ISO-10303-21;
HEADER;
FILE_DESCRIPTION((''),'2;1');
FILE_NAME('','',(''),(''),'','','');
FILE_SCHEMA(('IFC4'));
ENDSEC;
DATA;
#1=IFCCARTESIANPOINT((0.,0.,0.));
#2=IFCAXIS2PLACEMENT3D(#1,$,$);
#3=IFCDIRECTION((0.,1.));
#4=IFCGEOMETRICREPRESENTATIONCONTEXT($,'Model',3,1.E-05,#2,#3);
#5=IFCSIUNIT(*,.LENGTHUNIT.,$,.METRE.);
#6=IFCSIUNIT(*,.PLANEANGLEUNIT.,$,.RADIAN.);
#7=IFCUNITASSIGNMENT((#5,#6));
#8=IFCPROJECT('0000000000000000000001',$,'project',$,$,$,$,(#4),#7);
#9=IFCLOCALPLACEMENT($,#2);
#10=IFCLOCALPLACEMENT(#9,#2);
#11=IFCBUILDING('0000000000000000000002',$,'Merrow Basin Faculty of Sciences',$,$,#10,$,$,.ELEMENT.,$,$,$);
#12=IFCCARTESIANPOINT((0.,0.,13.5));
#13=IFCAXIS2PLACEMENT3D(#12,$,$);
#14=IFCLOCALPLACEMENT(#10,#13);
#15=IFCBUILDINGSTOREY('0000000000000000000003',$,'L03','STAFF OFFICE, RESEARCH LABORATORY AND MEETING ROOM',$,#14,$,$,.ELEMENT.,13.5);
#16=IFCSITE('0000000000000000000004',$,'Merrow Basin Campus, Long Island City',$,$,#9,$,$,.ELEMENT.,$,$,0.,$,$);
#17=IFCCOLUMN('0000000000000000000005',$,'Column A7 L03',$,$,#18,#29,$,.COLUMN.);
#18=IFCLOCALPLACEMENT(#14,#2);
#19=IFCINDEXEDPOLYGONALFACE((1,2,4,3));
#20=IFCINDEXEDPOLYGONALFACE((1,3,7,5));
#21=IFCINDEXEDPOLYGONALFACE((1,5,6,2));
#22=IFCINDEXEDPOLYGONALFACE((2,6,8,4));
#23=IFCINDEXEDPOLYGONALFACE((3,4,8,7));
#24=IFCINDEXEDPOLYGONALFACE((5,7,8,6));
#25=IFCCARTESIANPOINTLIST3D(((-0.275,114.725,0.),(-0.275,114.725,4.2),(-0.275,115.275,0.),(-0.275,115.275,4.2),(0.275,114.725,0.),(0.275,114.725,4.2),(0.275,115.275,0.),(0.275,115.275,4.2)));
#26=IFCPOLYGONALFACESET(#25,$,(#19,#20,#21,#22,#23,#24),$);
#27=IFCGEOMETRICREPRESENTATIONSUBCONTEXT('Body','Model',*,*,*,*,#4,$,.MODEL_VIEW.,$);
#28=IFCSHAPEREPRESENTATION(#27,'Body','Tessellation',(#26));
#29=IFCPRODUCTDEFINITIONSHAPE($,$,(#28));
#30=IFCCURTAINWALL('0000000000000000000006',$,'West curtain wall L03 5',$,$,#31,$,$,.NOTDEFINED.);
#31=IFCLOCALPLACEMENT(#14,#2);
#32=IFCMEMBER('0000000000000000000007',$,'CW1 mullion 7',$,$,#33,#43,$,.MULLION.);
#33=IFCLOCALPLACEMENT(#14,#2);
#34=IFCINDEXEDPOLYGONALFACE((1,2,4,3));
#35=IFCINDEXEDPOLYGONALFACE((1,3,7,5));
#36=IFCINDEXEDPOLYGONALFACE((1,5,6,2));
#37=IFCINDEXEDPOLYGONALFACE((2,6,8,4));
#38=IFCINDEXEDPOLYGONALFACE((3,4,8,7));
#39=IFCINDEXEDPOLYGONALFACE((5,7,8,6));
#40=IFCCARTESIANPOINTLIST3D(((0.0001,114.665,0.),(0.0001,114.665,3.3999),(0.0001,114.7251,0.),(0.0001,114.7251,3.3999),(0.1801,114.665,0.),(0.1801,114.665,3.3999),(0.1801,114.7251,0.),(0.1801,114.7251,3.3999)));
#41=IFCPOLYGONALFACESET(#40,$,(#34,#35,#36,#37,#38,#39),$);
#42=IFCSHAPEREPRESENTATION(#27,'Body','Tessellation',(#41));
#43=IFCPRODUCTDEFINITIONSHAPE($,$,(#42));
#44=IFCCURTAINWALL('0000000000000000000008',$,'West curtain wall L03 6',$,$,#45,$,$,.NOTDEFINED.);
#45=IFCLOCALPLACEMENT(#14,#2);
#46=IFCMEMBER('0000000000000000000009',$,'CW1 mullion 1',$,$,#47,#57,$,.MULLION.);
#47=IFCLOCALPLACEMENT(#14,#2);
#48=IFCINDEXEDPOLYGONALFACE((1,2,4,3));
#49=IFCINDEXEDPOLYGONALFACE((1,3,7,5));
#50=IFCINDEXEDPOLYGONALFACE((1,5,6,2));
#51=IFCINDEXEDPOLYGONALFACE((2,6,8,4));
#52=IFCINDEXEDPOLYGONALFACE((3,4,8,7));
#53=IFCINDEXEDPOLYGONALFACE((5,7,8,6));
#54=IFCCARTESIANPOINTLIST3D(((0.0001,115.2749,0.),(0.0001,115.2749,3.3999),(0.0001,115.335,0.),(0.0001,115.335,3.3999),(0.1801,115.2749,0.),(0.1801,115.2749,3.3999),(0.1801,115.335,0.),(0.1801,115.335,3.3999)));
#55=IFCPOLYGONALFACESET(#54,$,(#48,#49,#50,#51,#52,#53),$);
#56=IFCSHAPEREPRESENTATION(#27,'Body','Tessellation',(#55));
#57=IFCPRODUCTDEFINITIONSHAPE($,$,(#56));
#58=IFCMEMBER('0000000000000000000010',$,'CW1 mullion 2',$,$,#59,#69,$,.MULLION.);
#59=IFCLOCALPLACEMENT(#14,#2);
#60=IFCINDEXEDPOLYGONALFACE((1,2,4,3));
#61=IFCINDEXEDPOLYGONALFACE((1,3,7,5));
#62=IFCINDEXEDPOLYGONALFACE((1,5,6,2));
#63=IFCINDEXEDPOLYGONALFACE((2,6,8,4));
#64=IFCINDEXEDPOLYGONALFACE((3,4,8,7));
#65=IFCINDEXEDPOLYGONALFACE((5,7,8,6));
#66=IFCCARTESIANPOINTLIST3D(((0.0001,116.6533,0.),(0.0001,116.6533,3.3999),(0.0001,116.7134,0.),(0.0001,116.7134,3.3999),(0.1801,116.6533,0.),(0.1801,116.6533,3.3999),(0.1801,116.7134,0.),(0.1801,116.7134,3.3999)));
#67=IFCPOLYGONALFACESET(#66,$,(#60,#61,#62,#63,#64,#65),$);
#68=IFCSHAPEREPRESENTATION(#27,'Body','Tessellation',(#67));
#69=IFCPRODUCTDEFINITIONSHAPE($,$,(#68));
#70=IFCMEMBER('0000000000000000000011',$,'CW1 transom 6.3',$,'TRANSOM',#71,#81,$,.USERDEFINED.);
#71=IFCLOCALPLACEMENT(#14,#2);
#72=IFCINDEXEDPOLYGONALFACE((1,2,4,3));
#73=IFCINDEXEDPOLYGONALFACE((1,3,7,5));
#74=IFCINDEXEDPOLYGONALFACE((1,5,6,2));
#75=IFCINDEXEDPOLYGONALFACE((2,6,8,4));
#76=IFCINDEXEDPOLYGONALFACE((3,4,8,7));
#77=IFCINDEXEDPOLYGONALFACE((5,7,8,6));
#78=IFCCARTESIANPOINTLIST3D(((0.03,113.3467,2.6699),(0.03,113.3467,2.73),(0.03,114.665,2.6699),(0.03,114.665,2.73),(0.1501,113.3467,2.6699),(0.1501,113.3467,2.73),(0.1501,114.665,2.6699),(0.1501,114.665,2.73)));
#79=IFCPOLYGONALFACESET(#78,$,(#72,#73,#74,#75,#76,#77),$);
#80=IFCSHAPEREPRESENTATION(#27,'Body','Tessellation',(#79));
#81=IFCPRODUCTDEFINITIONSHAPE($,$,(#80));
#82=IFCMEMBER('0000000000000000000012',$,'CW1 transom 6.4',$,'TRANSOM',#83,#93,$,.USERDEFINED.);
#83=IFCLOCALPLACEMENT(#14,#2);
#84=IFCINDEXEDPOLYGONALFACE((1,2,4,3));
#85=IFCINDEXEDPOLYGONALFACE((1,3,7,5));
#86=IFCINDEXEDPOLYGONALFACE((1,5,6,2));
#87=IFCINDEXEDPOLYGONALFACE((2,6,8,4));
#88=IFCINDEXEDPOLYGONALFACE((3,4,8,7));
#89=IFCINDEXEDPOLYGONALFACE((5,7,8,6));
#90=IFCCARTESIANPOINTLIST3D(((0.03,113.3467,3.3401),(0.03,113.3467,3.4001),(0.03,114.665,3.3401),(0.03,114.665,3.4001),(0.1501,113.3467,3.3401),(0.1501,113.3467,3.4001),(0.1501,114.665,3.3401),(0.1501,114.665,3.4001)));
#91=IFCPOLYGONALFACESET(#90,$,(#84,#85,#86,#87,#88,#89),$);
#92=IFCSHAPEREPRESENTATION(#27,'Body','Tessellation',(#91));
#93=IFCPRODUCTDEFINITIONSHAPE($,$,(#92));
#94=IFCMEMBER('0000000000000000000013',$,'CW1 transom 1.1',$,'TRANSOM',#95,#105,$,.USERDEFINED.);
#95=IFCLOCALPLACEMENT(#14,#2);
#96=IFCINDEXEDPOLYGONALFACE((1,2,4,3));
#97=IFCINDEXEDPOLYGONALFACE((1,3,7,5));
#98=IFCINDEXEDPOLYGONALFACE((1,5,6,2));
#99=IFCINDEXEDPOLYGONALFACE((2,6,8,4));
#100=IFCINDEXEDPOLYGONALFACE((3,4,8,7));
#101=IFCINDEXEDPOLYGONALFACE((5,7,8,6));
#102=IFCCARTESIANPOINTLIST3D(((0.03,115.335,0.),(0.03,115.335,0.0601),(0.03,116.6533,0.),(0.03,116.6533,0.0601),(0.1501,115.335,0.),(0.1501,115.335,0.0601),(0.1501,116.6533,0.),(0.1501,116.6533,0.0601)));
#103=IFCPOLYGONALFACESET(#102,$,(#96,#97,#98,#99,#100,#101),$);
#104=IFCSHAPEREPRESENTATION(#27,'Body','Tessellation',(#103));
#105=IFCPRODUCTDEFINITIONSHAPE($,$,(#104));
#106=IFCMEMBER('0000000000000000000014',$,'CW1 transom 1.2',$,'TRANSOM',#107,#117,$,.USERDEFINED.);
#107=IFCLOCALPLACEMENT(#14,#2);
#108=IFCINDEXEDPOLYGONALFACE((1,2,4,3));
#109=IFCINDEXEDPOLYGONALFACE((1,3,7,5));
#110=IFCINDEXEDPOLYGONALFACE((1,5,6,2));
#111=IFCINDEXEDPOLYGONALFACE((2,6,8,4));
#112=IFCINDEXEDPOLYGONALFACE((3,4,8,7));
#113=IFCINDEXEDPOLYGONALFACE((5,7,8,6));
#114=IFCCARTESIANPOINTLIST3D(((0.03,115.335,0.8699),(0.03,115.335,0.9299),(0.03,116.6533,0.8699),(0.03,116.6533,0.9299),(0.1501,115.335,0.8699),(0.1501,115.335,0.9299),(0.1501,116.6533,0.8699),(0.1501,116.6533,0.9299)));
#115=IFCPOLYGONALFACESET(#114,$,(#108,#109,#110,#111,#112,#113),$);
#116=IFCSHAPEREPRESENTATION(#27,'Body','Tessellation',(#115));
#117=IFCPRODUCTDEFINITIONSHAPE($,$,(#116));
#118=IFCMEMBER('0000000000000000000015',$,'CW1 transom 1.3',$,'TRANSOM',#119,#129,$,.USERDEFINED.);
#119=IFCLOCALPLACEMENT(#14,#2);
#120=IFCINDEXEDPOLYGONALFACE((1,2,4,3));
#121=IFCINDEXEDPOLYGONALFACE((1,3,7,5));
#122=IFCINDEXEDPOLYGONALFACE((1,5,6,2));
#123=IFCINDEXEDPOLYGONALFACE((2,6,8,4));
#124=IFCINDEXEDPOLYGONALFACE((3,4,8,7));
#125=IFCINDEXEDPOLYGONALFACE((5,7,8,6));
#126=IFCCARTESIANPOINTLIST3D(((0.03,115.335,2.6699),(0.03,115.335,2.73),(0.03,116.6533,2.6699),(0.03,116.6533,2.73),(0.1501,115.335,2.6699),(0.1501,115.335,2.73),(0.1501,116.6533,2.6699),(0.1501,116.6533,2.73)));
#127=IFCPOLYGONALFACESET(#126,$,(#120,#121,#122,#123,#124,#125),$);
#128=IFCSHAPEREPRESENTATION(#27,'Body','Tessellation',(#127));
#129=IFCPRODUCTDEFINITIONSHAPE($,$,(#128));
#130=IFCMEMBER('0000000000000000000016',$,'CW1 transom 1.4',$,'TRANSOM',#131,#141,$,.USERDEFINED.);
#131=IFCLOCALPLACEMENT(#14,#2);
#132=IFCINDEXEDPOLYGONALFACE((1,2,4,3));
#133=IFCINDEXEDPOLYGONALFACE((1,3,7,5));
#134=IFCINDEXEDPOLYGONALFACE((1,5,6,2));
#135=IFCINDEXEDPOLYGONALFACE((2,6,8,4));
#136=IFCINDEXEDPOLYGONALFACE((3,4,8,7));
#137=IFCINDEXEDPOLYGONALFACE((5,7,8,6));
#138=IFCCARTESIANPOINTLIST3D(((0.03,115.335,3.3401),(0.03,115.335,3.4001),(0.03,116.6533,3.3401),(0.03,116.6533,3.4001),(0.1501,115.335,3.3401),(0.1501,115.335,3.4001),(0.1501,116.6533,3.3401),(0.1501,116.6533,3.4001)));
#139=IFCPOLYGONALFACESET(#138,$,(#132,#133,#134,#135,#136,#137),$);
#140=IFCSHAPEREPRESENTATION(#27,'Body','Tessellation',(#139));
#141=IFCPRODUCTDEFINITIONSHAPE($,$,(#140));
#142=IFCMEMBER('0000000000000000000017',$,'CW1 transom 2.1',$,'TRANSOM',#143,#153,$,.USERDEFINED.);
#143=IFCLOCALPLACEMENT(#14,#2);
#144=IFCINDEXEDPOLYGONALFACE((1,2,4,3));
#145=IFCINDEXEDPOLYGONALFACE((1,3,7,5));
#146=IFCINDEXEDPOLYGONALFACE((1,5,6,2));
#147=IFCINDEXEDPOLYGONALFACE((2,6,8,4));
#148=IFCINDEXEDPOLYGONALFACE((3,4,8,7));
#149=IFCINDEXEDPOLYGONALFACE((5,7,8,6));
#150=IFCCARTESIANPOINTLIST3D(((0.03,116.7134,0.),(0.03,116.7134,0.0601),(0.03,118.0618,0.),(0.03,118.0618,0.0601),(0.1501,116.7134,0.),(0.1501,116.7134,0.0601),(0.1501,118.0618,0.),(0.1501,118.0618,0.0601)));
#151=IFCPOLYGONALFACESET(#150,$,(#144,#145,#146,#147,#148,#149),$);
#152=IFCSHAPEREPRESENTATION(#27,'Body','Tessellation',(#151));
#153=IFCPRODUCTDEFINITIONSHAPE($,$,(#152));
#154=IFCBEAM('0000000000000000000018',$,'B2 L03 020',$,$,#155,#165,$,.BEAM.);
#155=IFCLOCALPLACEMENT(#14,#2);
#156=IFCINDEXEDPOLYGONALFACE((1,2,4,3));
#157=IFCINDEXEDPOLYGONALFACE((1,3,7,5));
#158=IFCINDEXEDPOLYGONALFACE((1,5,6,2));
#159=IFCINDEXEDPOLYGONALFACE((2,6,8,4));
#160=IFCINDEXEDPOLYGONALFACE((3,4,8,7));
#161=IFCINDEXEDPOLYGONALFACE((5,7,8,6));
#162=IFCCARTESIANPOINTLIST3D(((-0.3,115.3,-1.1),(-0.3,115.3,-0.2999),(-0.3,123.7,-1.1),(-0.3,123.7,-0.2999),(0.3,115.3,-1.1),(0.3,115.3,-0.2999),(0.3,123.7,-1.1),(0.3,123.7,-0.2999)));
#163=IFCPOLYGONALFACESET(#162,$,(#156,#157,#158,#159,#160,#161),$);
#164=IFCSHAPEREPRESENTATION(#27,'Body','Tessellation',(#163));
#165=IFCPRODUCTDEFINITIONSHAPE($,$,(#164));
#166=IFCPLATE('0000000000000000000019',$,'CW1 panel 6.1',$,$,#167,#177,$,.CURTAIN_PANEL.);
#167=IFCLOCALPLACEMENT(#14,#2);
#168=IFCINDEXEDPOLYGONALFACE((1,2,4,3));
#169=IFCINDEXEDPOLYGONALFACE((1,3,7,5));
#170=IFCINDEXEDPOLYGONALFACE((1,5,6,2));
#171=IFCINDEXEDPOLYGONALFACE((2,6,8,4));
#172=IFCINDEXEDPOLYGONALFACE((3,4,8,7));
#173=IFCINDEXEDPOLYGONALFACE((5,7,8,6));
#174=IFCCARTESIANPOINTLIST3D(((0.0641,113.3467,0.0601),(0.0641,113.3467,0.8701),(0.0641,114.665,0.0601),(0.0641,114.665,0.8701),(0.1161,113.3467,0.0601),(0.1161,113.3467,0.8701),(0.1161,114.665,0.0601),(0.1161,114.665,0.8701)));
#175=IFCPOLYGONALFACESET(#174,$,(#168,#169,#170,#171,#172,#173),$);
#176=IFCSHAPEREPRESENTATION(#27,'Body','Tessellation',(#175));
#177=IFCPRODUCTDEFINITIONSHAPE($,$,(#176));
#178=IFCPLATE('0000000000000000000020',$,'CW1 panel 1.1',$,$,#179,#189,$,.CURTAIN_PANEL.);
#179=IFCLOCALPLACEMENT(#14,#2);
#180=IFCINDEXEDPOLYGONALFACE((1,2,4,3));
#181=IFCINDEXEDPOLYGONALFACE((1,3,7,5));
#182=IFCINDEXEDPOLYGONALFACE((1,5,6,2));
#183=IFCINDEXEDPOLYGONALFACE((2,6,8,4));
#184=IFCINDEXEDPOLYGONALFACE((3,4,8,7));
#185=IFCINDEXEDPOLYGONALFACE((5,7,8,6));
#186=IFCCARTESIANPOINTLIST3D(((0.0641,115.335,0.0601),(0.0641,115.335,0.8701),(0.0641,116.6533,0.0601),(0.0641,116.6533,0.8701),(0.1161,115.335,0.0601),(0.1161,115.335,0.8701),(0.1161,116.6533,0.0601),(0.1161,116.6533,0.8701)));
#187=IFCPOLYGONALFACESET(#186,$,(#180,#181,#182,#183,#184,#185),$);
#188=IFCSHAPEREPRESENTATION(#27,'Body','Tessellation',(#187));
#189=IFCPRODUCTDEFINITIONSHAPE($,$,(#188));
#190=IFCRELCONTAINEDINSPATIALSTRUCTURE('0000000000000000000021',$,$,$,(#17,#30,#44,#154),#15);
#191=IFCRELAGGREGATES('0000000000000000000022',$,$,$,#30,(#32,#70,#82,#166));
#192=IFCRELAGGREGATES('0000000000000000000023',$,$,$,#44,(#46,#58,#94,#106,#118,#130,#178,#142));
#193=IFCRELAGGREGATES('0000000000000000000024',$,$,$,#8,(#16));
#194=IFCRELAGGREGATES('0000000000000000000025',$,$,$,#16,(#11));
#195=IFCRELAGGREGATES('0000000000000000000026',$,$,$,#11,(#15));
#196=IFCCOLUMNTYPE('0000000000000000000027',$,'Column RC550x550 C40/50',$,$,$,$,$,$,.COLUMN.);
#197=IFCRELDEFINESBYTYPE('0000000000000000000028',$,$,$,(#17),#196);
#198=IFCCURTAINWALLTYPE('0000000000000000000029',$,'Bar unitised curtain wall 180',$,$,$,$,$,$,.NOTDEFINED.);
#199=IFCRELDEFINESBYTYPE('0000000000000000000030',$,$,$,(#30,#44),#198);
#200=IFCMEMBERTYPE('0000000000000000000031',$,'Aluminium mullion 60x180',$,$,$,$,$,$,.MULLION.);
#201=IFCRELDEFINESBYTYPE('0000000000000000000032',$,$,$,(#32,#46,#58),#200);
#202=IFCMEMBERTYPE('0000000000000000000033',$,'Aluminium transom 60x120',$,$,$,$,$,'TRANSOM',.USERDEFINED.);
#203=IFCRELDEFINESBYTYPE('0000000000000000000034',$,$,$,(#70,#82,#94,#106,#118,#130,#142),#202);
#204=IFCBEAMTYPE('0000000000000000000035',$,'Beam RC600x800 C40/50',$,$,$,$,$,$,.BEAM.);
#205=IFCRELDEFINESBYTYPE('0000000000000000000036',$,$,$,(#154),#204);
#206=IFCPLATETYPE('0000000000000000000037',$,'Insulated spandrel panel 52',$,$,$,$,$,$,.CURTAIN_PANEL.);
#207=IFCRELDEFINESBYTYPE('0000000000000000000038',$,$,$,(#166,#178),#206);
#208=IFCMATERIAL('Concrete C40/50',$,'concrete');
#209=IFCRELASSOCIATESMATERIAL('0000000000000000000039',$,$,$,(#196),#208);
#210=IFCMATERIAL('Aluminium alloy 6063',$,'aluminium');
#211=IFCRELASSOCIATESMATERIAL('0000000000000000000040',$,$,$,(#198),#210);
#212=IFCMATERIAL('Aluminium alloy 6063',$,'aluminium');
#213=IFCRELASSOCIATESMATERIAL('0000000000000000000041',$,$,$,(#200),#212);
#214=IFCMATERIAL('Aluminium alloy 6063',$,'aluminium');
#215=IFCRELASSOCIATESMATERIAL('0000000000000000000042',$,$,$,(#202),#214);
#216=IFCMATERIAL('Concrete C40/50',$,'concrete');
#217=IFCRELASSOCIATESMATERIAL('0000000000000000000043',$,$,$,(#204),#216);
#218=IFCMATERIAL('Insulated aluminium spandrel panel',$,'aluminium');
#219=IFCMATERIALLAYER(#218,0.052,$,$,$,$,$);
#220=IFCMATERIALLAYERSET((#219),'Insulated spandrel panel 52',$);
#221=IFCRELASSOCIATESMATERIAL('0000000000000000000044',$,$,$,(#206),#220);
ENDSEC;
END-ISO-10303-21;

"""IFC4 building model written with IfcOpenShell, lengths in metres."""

from ifc_helpers import new_model, si_unit, direction, frame, origin, origin_2d, place, context, subcontext, project, spatial, rectangle, extrude, material, layer, layer_set, material_profile, profile_set, type_object, element, aggregate, save


model = new_model("IFC4")

# Units and contexts
model_context = context("Model", 3, precision=1e-05, world=origin(), true_north=direction((0.0, 1.0)))
body_context = subcontext(model_context, "Body", "Model", "MODEL_VIEW")
ifc_project = project(units=[si_unit("LENGTHUNIT", "METRE"), si_unit("PLANEANGLEUNIT", "RADIAN")], contexts=[model_context])

# Site, building, storey
site_placement = place(None, origin())
site = spatial("IfcSite", under=ifc_project, at=site_placement, Name="Merrow Basin Campus, Long Island City", CompositionType="ELEMENT", RefElevation=0.0)
building_placement = place(site_placement, origin())
building = spatial("IfcBuilding", under=site, at=building_placement, Name="Merrow Basin Faculty of Sciences", CompositionType="ELEMENT")
storey_placement = place(building_placement, frame((0.0, 0.0, 13.5)))
storey = spatial("IfcBuildingStorey", under=building, at=storey_placement, Name="L03", Description="STAFF OFFICE, RESEARCH LABORATORY AND MEETING ROOM", CompositionType="ELEMENT", Elevation=13.5)

# Column
ifc_material_1 = material(Name="Concrete C40/50", Category="concrete")
ifc_material_profile_1 = material_profile(ifc_material_1, rectangle(XDim=0.55, YDim=0.55, at=origin_2d()))
ifc_profile_set_1 = profile_set([ifc_material_profile_1], Name="Concrete C40/50")
column_type = type_object("IfcColumnType", Name="Column RC550x550 C40/50", PredefinedType="COLUMN", material=ifc_profile_set_1)
column_placement = place(storey_placement, frame((0.0, 115.0, 0.0), z_axis=(0.0, 0.0, 1.0), x_axis=(1.0, 0.0, 0.0)))
element("IfcColumn", 1, at=column_placement, inside=storey, type_object=column_type, Name="Column A7 L03", PredefinedType="COLUMN", context=body_context, shape_type="SweptSolid", body=[
    extrude(rectangle(XDim=0.55, YDim=0.55, at=origin_2d()), origin(), (0.0, 0.0, 1.0), 4.2),
])

# Curtain wall, member
ifc_material_2 = material(Name="Aluminium alloy 6063", Category="aluminium")
curtain_wall_type = type_object("IfcCurtainWallType", Name="Bar unitised curtain wall 180", PredefinedType="NOTDEFINED", material=ifc_material_2)
curtain_wall_1_placement = place(storey_placement, origin())
curtain_wall_1 = element("IfcCurtainWall", 2, at=curtain_wall_1_placement, inside=storey, type_object=curtain_wall_type, Name="West curtain wall L03 5", PredefinedType="NOTDEFINED")
ifc_material_3 = material(Name="Aluminium alloy 6063", Category="aluminium")
ifc_material_profile_2 = material_profile(ifc_material_3, rectangle(XDim=0.1799, YDim=0.0601, at=origin_2d()))
ifc_profile_set_2 = profile_set([ifc_material_profile_2], Name="Aluminium alloy 6063")
member_type_1 = type_object("IfcMemberType", Name="Aluminium mullion 60x180", PredefinedType="MULLION", material=ifc_profile_set_2)
member_1_placement = place(storey_placement, frame((0.0901, 114.6951, 0.0), z_axis=(0.0, 0.0, 1.0), x_axis=(-1.0, 0.0, 0.0)))
member_1 = element("IfcMember", 3, at=member_1_placement, type_object=member_type_1, Name="CW1 mullion 7", PredefinedType="MULLION", context=body_context, shape_type="SweptSolid", body=[
    extrude(rectangle(XDim=0.1799, YDim=0.0601, at=origin_2d()), origin(), (0.0, 0.0, 1.0), 3.3999),
])

# Curtain wall, members
curtain_wall_2_placement = place(storey_placement, origin())
curtain_wall_2 = element("IfcCurtainWall", 4, at=curtain_wall_2_placement, inside=storey, type_object=curtain_wall_type, Name="West curtain wall L03 6", PredefinedType="NOTDEFINED")
member_2_placement = place(storey_placement, frame((0.0901, 115.3049, 0.0), z_axis=(0.0, 0.0, 1.0), x_axis=(-1.0, 0.0, 0.0)))
member_2 = element("IfcMember", 5, at=member_2_placement, type_object=member_type_1, Name="CW1 mullion 1", PredefinedType="MULLION", context=body_context, shape_type="SweptSolid", body=[
    extrude(rectangle(XDim=0.1799, YDim=0.0601, at=origin_2d()), origin(), (0.0, 0.0, 1.0), 3.3999),
])
member_3_placement = place(storey_placement, frame((0.0901, 116.6833, 0.0), z_axis=(0.0, 0.0, 1.0), x_axis=(-1.0, 0.0, 0.0)))
member_3 = element("IfcMember", 6, at=member_3_placement, type_object=member_type_1, Name="CW1 mullion 2", PredefinedType="MULLION", context=body_context, shape_type="SweptSolid", body=[
    extrude(rectangle(XDim=0.1799, YDim=0.0601, at=origin_2d()), origin(), (0.0, 0.0, 1.0), 3.3999),
])

# Members
ifc_material_4 = material(Name="Aluminium alloy 6063", Category="aluminium")
ifc_material_profile_3 = material_profile(ifc_material_4, rectangle(XDim=0.1201, YDim=0.0601, at=origin_2d()))
ifc_profile_set_3 = profile_set([ifc_material_profile_3], Name="Aluminium alloy 6063")
member_type_2 = type_object("IfcMemberType", Name="Aluminium transom 60x120", ElementType="TRANSOM", PredefinedType="USERDEFINED", material=ifc_profile_set_3)
member_4_placement = place(storey_placement, frame((0.0901, 113.3467, 2.7), z_axis=(0.0, 1.0, 0.0), x_axis=(-1.0, 0.0, 0.0)))
member_4 = element("IfcMember", 7, at=member_4_placement, type_object=member_type_2, Name="CW1 transom 6.3", ObjectType="TRANSOM", PredefinedType="USERDEFINED", context=body_context, shape_type="SweptSolid", body=[
    extrude(rectangle(XDim=0.1201, YDim=0.0601, at=origin_2d()), origin(), (0.0, 0.0, 1.0), 1.3184),
])
member_5_placement = place(storey_placement, frame((0.0901, 113.3467, 3.3701), z_axis=(0.0, 1.0, 0.0), x_axis=(-1.0, 0.0, 0.0)))
member_5 = element("IfcMember", 8, at=member_5_placement, type_object=member_type_2, Name="CW1 transom 6.4", ObjectType="TRANSOM", PredefinedType="USERDEFINED", context=body_context, shape_type="SweptSolid", body=[
    extrude(rectangle(XDim=0.1201, YDim=0.0601, at=origin_2d()), origin(), (0.0, 0.0, 1.0), 1.3184),
])
member_6_placement = place(storey_placement, frame((0.0901, 115.335, 0.03), z_axis=(0.0, 1.0, 0.0), x_axis=(-1.0, 0.0, 0.0)))
member_6 = element("IfcMember", 9, at=member_6_placement, type_object=member_type_2, Name="CW1 transom 1.1", ObjectType="TRANSOM", PredefinedType="USERDEFINED", context=body_context, shape_type="SweptSolid", body=[
    extrude(rectangle(XDim=0.1201, YDim=0.0601, at=origin_2d()), origin(), (0.0, 0.0, 1.0), 1.3184),
])
member_7_placement = place(storey_placement, frame((0.0901, 115.335, 0.8999), z_axis=(0.0, 1.0, 0.0), x_axis=(-1.0, 0.0, 0.0)))
member_7 = element("IfcMember", 10, at=member_7_placement, type_object=member_type_2, Name="CW1 transom 1.2", ObjectType="TRANSOM", PredefinedType="USERDEFINED", context=body_context, shape_type="SweptSolid", body=[
    extrude(rectangle(XDim=0.1201, YDim=0.0601, at=origin_2d()), origin(), (0.0, 0.0, 1.0), 1.3184),
])
member_8_placement = place(storey_placement, frame((0.0901, 115.335, 2.7), z_axis=(0.0, 1.0, 0.0), x_axis=(-1.0, 0.0, 0.0)))
member_8 = element("IfcMember", 11, at=member_8_placement, type_object=member_type_2, Name="CW1 transom 1.3", ObjectType="TRANSOM", PredefinedType="USERDEFINED", context=body_context, shape_type="SweptSolid", body=[
    extrude(rectangle(XDim=0.1201, YDim=0.0601, at=origin_2d()), origin(), (0.0, 0.0, 1.0), 1.3184),
])
member_9_placement = place(storey_placement, frame((0.0901, 115.335, 3.3701), z_axis=(0.0, 1.0, 0.0), x_axis=(-1.0, 0.0, 0.0)))
member_9 = element("IfcMember", 12, at=member_9_placement, type_object=member_type_2, Name="CW1 transom 1.4", ObjectType="TRANSOM", PredefinedType="USERDEFINED", context=body_context, shape_type="SweptSolid", body=[
    extrude(rectangle(XDim=0.1201, YDim=0.0601, at=origin_2d()), origin(), (0.0, 0.0, 1.0), 1.3184),
])
member_10_placement = place(storey_placement, frame((0.0901, 116.7134, 0.03), z_axis=(0.0, 1.0, 0.0), x_axis=(-1.0, 0.0, 0.0)))
member_10 = element("IfcMember", 13, at=member_10_placement, type_object=member_type_2, Name="CW1 transom 2.1", ObjectType="TRANSOM", PredefinedType="USERDEFINED", context=body_context, shape_type="SweptSolid", body=[
    extrude(rectangle(XDim=0.1201, YDim=0.0601, at=origin_2d()), origin(), (0.0, 0.0, 1.0), 1.3484),
])

# Beam
ifc_material_5 = material(Name="Concrete C40/50", Category="concrete")
ifc_material_profile_4 = material_profile(ifc_material_5, rectangle(XDim=0.6001, YDim=0.8, at=origin_2d()))
ifc_profile_set_4 = profile_set([ifc_material_profile_4], Name="Concrete C40/50")
beam_type = type_object("IfcBeamType", Name="Beam RC600x800 C40/50", PredefinedType="BEAM", material=ifc_profile_set_4)
beam_placement = place(storey_placement, frame((0.0, 115.3, -0.7), z_axis=(0.0, 1.0, 0.0), x_axis=(-1.0, 0.0, 0.0)))
element("IfcBeam", 14, at=beam_placement, inside=storey, type_object=beam_type, Name="B2 L03 020", PredefinedType="BEAM", context=body_context, shape_type="SweptSolid", body=[
    extrude(rectangle(XDim=0.6001, YDim=0.8, at=origin_2d()), origin(), (0.0, 0.0, 1.0), 8.3999),
])

# Plates
ifc_material_6 = material(Name="Insulated aluminium spandrel panel", Category="aluminium")
ifc_layer_1 = layer(ifc_material_6, 0.052)
ifc_layer_set_1 = layer_set([ifc_layer_1], Name="Insulated spandrel panel 52")
plate_type_1 = type_object("IfcPlateType", Name="Insulated spandrel panel 52", PredefinedType="CURTAIN_PANEL", material=ifc_layer_set_1)
plate_1_placement = place(storey_placement, frame((0.0901, 114.0059, 0.0601), z_axis=(0.0, 0.0, 1.0), x_axis=(0.0, 1.0, 0.0)))
plate_1 = element("IfcPlate", 15, at=plate_1_placement, type_object=plate_type_1, Name="CW1 panel 6.1", PredefinedType="CURTAIN_PANEL", context=body_context, shape_type="SweptSolid", body=[
    extrude(rectangle(XDim=1.3184, YDim=0.052, at=origin_2d()), origin(), (0.0, 0.0, 1.0), 0.8101),
])
plate_2_placement = place(storey_placement, frame((0.0901, 115.9941, 0.0601), z_axis=(0.0, 0.0, 1.0), x_axis=(0.0, 1.0, 0.0)))
plate_2 = element("IfcPlate", 16, at=plate_2_placement, type_object=plate_type_1, Name="CW1 panel 1.1", PredefinedType="CURTAIN_PANEL", context=body_context, shape_type="SweptSolid", body=[
    extrude(rectangle(XDim=1.3184, YDim=0.052, at=origin_2d()), origin(), (0.0, 0.0, 1.0), 0.8101),
])
aggregate(curtain_wall_1, [member_1, member_4, member_5, plate_1])
aggregate(curtain_wall_2, [member_2, member_3, member_6, member_7, member_8, member_9, plate_2, member_10])

save(model, "model.ifc")
